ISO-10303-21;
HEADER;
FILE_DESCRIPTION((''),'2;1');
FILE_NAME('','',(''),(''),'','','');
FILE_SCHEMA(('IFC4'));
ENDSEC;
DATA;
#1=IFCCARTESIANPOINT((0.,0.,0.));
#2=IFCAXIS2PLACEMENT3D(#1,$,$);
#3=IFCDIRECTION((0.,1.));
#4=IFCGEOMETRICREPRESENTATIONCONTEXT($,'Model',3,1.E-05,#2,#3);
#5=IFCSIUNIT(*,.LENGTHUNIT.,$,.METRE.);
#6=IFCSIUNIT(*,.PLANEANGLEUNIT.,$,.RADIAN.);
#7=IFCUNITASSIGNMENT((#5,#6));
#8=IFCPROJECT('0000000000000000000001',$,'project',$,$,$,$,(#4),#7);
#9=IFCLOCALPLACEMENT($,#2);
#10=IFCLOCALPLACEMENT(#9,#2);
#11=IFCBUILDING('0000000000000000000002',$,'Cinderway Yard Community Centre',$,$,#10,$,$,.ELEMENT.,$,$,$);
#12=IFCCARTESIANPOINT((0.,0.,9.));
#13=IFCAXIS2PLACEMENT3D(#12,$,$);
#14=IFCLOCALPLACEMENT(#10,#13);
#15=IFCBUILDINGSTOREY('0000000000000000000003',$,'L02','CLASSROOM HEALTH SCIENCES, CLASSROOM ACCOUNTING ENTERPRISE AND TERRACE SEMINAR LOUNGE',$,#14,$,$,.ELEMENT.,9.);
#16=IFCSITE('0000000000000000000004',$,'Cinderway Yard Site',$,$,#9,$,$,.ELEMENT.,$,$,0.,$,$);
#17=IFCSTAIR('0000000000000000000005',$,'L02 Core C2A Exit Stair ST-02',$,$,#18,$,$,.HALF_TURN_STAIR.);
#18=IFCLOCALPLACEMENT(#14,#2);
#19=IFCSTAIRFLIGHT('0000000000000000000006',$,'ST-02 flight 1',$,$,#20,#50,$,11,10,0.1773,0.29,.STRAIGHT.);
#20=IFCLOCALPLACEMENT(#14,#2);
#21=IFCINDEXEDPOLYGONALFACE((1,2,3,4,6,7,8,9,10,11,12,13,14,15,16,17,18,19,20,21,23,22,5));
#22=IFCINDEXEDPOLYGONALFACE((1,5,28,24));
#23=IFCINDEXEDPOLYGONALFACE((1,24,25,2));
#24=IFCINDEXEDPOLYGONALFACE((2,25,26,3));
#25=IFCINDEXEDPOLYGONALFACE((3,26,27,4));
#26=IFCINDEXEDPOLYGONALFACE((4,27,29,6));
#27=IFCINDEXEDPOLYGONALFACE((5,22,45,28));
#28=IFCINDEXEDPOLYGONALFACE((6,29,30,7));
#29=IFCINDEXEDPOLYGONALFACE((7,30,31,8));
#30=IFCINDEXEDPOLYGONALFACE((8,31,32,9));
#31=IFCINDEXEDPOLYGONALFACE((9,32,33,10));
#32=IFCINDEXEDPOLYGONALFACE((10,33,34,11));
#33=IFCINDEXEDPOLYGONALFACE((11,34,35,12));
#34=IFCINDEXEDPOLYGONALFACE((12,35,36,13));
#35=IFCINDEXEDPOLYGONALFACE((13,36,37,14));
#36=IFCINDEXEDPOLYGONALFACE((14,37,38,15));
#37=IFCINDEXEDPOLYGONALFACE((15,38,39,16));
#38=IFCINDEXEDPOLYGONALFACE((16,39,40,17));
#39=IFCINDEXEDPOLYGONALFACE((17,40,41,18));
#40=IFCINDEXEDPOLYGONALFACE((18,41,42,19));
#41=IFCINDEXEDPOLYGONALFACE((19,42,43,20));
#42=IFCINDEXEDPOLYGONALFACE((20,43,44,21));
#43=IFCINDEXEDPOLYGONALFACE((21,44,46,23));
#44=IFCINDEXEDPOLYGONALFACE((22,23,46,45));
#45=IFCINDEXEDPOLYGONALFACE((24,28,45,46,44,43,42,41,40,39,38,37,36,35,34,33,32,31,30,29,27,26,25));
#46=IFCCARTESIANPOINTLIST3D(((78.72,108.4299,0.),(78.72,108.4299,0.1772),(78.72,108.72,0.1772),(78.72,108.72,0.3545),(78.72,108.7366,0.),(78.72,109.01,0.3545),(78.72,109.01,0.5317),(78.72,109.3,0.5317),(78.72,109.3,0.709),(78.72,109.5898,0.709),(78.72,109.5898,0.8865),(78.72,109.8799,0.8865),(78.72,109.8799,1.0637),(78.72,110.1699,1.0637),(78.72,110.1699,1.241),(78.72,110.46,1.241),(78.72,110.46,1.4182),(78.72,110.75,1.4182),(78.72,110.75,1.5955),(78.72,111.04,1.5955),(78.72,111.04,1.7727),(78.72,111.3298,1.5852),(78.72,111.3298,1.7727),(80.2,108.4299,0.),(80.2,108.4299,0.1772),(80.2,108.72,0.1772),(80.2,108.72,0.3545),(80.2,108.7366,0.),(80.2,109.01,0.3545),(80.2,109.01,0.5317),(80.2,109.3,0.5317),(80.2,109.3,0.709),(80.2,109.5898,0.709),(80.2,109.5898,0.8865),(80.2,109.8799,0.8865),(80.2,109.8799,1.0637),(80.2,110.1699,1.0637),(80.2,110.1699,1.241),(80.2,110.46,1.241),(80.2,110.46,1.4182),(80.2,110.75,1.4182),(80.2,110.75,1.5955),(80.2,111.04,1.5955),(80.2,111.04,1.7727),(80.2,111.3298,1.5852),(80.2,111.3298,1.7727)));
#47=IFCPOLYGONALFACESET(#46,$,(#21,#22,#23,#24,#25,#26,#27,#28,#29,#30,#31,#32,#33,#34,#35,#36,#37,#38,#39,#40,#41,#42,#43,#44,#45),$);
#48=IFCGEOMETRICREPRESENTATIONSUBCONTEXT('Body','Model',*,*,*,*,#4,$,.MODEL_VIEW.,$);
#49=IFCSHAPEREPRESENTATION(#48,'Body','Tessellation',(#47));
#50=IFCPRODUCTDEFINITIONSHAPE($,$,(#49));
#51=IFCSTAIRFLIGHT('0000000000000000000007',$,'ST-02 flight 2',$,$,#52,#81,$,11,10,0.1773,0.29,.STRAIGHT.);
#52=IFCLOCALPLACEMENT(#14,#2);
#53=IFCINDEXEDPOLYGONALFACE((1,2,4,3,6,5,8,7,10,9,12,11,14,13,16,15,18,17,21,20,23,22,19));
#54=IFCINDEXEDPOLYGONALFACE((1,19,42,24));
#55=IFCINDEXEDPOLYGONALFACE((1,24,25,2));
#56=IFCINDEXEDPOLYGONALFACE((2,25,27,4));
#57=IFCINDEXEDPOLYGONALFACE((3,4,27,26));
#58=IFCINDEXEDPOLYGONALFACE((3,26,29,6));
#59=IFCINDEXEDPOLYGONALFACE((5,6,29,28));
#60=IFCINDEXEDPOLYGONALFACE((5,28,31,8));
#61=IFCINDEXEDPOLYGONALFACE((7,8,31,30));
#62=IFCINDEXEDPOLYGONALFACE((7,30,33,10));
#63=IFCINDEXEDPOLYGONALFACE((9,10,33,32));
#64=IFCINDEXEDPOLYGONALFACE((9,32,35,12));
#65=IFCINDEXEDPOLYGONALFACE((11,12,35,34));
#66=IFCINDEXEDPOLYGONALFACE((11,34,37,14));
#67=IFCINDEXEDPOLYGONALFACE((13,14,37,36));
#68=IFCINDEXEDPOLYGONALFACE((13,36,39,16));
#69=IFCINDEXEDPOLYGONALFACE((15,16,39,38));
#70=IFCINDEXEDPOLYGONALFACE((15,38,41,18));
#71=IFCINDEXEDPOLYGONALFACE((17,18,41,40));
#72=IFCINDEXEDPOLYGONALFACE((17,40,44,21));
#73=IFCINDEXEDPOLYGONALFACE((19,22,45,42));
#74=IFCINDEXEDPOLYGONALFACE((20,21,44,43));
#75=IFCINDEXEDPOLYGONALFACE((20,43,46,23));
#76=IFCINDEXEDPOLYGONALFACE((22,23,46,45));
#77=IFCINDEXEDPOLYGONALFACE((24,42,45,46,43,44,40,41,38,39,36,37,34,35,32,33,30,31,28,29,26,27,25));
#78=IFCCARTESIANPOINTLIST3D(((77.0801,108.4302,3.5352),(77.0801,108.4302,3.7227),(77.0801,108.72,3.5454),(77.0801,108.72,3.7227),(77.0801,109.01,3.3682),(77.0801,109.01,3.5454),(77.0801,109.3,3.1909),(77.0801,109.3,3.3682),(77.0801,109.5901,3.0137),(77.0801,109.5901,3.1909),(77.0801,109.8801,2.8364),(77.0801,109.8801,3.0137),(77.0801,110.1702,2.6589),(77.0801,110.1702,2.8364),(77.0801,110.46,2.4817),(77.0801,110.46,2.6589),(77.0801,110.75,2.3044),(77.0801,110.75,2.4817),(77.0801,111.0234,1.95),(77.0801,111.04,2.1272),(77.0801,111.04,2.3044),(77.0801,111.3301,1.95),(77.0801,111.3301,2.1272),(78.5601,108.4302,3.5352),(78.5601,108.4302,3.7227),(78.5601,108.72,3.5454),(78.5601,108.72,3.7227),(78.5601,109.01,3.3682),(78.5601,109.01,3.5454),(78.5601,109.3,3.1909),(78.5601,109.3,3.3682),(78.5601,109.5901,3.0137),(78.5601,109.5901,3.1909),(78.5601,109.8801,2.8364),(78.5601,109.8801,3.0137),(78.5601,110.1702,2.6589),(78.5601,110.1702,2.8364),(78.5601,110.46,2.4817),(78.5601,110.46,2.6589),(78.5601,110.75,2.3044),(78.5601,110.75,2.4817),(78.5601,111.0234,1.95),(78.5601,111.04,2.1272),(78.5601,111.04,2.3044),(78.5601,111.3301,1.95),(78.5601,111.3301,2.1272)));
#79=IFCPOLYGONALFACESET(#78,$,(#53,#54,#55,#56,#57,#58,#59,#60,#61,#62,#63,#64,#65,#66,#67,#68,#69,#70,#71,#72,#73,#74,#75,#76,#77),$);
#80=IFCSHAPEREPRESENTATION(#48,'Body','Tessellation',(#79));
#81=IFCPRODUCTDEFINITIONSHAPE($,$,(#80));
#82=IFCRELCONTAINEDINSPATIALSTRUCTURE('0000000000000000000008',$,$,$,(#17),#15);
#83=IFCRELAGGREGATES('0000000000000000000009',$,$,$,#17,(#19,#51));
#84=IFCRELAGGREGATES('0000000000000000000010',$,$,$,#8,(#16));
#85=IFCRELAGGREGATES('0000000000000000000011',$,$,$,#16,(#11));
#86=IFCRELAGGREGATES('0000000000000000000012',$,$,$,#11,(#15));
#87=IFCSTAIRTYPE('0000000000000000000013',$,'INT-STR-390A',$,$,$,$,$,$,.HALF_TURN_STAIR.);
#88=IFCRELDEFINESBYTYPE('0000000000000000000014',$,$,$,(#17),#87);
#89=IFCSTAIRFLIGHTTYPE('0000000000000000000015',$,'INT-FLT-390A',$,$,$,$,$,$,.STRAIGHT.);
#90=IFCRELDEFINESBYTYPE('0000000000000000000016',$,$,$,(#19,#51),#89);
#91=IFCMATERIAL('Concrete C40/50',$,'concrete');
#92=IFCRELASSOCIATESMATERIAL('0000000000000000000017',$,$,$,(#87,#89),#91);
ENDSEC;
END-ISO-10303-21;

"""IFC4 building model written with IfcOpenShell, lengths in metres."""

from ifc_helpers import new_model, si_unit, direction, frame, origin, place, context, subcontext, project, spatial, polyline, outline, extrude, material, type_object, element, aggregate, save


model = new_model("IFC4")

# Units and contexts
model_context = context("Model", 3, precision=1e-05, world=origin(), true_north=direction((0.0, 1.0)))
body_context = subcontext(model_context, "Body", "Model", "MODEL_VIEW")
ifc_project = project(units=[si_unit("LENGTHUNIT", "METRE"), si_unit("PLANEANGLEUNIT", "RADIAN")], contexts=[model_context])

# Site, building, storey
site_placement = place(None, origin())
site = spatial("IfcSite", under=ifc_project, at=site_placement, Name="Cinderway Yard Site", CompositionType="ELEMENT", RefElevation=0.0)
building_placement = place(site_placement, origin())
building = spatial("IfcBuilding", under=site, at=building_placement, Name="Cinderway Yard Community Centre", CompositionType="ELEMENT")
storey_placement = place(building_placement, frame((0.0, 0.0, 9.0)))
storey = spatial("IfcBuildingStorey", under=building, at=storey_placement, Name="L02", Description="CLASSROOM HEALTH SCIENCES, CLASSROOM ACCOUNTING ENTERPRISE AND TERRACE SEMINAR LOUNGE", CompositionType="ELEMENT", Elevation=9.0)

# Shared definitions
ifc_material_1 = material(Name="Concrete C40/50", Category="concrete")

# Stair, stair flights
stair_type = type_object("IfcStairType", Name="INT-STR-390A", PredefinedType="HALF_TURN_STAIR", material=ifc_material_1)
stair_placement = place(storey_placement, origin())
stair = element("IfcStair", 1, at=stair_placement, inside=storey, type_object=stair_type, Name="L02 Core C2A Exit Stair ST-02", PredefinedType="HALF_TURN_STAIR")
stair_flight_type = type_object("IfcStairFlightType", Name="INT-FLT-390A", PredefinedType="STRAIGHT", material=ifc_material_1)
stair_flight_1_placement = place(storey_placement, frame((79.46, 108.4299, 0.0), z_axis=(0.0, 0.0, 1.0), x_axis=(0.0, 1.0, 0.0)))
stair_flight_1 = element("IfcStairFlight", 2, at=stair_flight_1_placement, type_object=stair_flight_type, Name="ST-02 flight 1", NumberOfRisers=11, NumberOfTreads=10, PredefinedType="STRAIGHT", RiserHeight=0.1773, TreadLength=0.29, context=body_context, shape_type="SweptSolid", body=[
    extrude(outline(polyline([(0.0, 0.0), (0.0, 0.1772), (0.29, 0.1772), (0.29, 0.3545), (0.5801, 0.3545), (0.5801, 0.5317), (0.8701, 0.5317), (0.8701, 0.709), (1.1599, 0.709), (1.1599, 0.8865), (1.45, 0.8865), (1.45, 1.0637), (1.74, 1.0637), (1.74, 1.241), (2.03, 1.241), (2.03, 1.4182), (2.3201, 1.4182), (2.3201, 1.5955), (2.6101, 1.5955), (2.6101, 1.7727), (2.8999, 1.7727), (2.8999, 1.95), (2.8999, 1.5852), (0.3066, 0.0), (0.0, 0.0)])), frame((0.0, 0.74, 0.0), z_axis=(0.0, -1.0, 0.0), x_axis=(1.0, 0.0, 0.0)), (0.0, 0.0, 1.0), 1.48),
])
stair_flight_2_placement = place(storey_placement, frame((77.8201, 111.3301, 1.95), z_axis=(0.0, 0.0, 1.0), x_axis=(0.0, -1.0, 0.0)))
stair_flight_2 = element("IfcStairFlight", 3, at=stair_flight_2_placement, type_object=stair_flight_type, Name="ST-02 flight 2", NumberOfRisers=11, NumberOfTreads=10, PredefinedType="STRAIGHT", RiserHeight=0.1773, TreadLength=0.29, context=body_context, shape_type="SweptSolid", body=[
    extrude(outline(polyline([(0.0, 0.0), (0.0, 0.1772), (0.29, 0.1772), (0.29, 0.3545), (0.5801, 0.3545), (0.5801, 0.5317), (0.8701, 0.5317), (0.8701, 0.709), (1.1599, 0.709), (1.1599, 0.8865), (1.45, 0.8865), (1.45, 1.0637), (1.74, 1.0637), (1.74, 1.241), (2.03, 1.241), (2.03, 1.4182), (2.3201, 1.4182), (2.3201, 1.5955), (2.6101, 1.5955), (2.6101, 1.7727), (2.8999, 1.7727), (2.8999, 1.95), (2.8999, 1.5852), (0.3066, 0.0), (0.0, 0.0)])), frame((0.0, 0.74, 0.0), z_axis=(0.0, -1.0, 0.0), x_axis=(1.0, 0.0, 0.0)), (0.0, 0.0, 1.0), 1.48),
])
aggregate(stair, [stair_flight_1, stair_flight_2])

save(model, "model.ifc")
